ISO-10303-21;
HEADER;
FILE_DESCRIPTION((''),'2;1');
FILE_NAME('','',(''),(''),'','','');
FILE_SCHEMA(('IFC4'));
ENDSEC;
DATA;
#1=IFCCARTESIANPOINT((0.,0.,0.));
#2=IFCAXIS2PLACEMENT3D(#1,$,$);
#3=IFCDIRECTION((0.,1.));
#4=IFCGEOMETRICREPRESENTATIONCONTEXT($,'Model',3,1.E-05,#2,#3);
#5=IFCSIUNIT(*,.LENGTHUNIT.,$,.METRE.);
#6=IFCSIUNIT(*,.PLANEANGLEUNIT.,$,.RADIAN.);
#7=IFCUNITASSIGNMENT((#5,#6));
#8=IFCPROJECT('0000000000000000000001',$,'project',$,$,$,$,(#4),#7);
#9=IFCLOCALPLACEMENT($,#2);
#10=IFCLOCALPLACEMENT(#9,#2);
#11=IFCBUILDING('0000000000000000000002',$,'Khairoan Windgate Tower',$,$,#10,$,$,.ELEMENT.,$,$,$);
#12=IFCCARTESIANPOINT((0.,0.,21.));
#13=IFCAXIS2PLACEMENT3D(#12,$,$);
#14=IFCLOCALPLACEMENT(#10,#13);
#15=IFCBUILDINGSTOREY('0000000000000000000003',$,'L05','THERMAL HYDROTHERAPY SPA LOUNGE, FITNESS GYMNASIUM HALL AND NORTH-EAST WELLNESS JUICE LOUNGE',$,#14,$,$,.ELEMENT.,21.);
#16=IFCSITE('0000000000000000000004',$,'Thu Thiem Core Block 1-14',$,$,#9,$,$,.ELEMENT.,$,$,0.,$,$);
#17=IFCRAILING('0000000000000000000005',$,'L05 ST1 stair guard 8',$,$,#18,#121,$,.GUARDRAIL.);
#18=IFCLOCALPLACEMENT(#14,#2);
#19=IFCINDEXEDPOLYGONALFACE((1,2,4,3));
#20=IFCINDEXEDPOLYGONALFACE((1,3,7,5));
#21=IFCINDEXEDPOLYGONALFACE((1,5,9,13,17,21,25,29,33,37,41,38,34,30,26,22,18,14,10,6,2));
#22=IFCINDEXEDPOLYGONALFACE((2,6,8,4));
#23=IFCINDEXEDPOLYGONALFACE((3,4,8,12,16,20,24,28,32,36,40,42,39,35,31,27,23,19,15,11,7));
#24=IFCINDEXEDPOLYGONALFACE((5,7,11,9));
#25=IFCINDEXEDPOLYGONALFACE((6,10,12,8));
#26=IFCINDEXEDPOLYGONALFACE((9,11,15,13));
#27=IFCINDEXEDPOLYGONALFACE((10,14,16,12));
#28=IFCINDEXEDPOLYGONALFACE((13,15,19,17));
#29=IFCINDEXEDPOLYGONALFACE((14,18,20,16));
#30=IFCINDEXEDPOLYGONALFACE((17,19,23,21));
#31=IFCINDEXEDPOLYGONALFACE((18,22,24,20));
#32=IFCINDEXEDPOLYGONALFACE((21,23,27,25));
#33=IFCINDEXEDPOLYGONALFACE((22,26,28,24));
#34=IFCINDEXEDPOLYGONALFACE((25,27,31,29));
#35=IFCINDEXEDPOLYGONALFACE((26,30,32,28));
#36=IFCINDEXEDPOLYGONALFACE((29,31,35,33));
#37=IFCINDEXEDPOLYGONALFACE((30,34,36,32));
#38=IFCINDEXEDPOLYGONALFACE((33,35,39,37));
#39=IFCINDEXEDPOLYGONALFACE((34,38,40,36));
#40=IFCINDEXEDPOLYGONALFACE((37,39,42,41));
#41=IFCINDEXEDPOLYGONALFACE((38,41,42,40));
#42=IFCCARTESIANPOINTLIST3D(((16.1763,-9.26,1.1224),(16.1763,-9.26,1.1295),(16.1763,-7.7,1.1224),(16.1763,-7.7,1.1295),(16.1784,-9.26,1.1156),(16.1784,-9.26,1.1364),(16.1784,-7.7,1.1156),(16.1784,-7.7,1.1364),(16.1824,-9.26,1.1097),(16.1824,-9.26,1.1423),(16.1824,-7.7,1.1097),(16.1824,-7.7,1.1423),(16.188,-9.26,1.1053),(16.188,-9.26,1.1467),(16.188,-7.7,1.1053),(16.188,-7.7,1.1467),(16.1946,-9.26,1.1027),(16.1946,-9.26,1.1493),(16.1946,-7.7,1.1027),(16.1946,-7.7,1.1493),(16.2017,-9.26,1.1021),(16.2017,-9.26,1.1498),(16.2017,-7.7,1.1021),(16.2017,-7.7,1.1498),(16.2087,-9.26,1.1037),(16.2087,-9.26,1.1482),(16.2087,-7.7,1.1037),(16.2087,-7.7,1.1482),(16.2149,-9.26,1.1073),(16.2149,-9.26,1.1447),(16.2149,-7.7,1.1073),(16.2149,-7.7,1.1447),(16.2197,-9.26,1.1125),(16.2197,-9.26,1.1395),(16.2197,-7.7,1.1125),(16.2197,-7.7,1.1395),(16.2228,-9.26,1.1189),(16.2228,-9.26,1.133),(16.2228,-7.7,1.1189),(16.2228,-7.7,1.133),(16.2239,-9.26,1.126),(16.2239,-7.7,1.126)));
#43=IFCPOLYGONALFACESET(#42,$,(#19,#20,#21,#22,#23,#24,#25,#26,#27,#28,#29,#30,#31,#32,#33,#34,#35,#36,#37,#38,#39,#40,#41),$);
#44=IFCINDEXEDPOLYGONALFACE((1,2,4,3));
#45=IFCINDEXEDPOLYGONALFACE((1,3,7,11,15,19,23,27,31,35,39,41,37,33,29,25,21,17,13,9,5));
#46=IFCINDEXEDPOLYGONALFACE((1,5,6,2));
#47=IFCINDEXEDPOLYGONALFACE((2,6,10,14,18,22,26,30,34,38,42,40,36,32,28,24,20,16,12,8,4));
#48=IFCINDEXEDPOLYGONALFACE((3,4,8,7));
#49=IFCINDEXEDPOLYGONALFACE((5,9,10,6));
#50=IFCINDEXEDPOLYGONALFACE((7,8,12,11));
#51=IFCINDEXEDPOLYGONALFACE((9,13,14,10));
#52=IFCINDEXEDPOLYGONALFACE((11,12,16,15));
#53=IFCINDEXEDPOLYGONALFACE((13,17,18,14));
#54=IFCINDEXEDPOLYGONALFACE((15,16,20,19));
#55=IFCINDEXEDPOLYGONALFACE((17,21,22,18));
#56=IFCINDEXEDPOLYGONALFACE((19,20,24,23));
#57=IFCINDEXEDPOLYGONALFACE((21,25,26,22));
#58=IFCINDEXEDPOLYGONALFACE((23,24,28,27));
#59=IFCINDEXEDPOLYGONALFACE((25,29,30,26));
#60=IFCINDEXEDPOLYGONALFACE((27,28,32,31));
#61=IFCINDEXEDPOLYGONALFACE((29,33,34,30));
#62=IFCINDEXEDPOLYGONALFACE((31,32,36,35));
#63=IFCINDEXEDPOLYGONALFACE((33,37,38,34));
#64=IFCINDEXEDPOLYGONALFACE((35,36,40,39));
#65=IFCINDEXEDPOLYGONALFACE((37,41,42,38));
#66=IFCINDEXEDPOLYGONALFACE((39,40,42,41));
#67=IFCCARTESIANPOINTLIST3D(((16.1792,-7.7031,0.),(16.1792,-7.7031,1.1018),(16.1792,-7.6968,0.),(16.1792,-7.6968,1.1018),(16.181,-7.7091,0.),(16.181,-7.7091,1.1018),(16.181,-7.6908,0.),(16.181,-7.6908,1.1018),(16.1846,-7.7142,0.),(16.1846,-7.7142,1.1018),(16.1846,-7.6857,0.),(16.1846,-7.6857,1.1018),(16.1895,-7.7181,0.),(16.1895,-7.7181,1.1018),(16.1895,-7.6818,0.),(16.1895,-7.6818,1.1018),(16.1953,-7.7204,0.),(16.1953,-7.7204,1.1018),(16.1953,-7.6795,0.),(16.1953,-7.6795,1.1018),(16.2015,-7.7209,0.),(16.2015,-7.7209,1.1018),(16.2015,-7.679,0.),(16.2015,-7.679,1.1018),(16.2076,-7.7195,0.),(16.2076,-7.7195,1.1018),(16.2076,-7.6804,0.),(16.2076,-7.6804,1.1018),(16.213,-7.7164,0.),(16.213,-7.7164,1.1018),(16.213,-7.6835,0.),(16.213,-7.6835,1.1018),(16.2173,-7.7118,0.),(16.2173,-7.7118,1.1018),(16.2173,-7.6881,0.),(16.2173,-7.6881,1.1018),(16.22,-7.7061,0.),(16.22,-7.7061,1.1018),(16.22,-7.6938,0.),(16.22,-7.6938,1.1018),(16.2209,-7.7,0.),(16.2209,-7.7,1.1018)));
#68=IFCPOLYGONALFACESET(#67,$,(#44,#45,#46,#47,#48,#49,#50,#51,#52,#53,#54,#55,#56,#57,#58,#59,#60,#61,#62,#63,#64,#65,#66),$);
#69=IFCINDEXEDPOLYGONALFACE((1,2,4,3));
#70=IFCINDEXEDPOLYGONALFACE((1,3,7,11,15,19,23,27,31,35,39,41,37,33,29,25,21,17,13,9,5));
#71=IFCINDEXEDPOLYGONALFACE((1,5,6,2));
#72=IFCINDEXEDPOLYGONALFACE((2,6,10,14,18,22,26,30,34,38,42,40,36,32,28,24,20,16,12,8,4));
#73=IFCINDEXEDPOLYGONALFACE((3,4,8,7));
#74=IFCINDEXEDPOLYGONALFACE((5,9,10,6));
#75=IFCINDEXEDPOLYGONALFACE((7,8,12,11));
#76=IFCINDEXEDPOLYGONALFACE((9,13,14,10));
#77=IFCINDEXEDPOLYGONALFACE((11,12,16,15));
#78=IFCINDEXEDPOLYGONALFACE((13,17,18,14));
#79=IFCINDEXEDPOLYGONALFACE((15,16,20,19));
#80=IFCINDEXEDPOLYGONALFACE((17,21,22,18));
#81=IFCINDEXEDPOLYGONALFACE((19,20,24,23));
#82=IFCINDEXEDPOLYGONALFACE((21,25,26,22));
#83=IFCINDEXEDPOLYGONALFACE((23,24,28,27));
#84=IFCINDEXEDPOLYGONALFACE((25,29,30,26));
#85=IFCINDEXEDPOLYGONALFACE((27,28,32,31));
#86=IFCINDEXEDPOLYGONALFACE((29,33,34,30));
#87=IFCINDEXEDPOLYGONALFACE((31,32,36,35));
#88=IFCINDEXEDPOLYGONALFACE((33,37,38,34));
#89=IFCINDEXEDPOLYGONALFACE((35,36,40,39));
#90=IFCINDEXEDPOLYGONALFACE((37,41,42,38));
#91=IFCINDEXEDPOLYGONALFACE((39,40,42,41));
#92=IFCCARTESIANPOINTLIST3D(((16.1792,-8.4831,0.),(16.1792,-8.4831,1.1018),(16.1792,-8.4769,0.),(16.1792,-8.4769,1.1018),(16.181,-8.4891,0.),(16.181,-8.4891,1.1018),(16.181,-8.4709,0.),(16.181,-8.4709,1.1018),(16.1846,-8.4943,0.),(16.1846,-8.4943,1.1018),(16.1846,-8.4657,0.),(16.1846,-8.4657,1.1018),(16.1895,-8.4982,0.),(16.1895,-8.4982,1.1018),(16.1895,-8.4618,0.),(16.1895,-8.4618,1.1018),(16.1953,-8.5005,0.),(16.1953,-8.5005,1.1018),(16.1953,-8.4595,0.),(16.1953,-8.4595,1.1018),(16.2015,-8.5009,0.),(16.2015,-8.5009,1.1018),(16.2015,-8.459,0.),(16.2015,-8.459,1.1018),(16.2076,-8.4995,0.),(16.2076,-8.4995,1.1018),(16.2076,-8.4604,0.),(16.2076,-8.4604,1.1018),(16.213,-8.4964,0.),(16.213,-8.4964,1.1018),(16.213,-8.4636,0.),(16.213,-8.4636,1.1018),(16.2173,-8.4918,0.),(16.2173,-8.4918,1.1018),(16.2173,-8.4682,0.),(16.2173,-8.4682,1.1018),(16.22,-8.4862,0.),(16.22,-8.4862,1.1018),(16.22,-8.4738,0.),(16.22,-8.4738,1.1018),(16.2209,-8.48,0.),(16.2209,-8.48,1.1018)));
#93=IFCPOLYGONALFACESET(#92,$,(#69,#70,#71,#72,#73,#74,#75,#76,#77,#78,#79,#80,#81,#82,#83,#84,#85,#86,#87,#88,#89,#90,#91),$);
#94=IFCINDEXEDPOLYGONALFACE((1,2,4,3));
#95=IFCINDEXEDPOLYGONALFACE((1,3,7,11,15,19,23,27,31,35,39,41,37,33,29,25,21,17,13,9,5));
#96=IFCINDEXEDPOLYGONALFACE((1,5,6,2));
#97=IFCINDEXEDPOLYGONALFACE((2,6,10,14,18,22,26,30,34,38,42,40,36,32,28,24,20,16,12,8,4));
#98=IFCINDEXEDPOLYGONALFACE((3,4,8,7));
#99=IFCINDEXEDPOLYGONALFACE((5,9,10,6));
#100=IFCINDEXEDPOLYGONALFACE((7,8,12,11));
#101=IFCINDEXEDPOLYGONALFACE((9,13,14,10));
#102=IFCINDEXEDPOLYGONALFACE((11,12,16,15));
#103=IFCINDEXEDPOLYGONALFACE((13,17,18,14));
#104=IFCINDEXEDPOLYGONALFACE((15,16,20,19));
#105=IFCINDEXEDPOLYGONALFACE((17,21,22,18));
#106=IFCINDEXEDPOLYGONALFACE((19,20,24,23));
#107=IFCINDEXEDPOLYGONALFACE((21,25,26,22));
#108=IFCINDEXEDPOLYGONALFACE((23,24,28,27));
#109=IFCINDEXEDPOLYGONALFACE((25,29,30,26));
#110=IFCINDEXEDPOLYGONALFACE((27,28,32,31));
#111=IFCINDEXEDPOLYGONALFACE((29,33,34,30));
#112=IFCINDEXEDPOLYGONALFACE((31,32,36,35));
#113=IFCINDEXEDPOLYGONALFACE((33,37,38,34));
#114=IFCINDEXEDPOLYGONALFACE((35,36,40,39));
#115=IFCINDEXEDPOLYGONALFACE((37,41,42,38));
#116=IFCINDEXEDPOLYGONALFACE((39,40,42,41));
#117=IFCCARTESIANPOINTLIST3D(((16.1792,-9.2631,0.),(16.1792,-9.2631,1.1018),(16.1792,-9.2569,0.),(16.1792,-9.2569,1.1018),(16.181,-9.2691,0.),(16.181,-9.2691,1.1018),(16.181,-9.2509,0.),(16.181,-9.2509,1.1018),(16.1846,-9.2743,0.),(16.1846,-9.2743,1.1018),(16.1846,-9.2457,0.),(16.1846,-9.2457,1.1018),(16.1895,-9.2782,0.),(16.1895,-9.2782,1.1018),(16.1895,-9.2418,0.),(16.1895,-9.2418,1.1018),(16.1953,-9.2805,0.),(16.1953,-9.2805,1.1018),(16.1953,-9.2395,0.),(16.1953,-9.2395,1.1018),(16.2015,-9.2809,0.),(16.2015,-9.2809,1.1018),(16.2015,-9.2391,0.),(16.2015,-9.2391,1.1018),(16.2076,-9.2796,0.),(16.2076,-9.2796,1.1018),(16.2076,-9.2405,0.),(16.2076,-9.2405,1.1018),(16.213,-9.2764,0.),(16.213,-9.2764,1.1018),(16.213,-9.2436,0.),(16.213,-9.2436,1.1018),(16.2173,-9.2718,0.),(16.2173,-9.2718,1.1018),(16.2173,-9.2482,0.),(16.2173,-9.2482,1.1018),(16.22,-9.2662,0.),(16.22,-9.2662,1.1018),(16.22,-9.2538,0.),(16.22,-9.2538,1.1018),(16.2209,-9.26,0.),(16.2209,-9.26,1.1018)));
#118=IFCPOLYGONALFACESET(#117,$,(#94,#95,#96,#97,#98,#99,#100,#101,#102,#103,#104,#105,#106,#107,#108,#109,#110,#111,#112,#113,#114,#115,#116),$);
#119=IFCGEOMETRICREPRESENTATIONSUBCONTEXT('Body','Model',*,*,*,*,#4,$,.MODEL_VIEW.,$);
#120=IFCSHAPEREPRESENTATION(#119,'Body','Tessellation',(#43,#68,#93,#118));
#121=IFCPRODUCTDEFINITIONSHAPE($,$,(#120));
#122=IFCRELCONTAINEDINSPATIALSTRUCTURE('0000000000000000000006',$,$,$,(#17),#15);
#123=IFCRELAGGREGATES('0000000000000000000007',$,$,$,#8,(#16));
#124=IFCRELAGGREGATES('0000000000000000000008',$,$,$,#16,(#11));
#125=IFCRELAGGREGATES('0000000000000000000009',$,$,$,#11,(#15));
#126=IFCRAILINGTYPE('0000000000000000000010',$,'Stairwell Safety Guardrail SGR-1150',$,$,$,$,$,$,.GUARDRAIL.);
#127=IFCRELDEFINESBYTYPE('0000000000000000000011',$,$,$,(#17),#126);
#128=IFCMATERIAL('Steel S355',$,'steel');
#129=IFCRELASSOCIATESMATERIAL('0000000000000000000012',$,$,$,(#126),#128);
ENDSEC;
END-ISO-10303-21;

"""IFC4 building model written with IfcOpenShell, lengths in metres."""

from ifc_helpers import new_model, si_unit, direction, frame, origin, origin_2d, place, context, subcontext, project, spatial, circle, extrude, material, type_object, element, save


model = new_model("IFC4")

# Units and contexts
model_context = context("Model", 3, precision=1e-05, world=origin(), true_north=direction((0.0, 1.0)))
body_context = subcontext(model_context, "Body", "Model", "MODEL_VIEW")
ifc_project = project(units=[si_unit("LENGTHUNIT", "METRE"), si_unit("PLANEANGLEUNIT", "RADIAN")], contexts=[model_context])

# Site, building, storey
site_placement = place(None, origin())
site = spatial("IfcSite", under=ifc_project, at=site_placement, Name="Thu Thiem Core Block 1-14", CompositionType="ELEMENT", RefElevation=0.0)
building_placement = place(site_placement, origin())
building = spatial("IfcBuilding", under=site, at=building_placement, Name="Khairoan Windgate Tower", CompositionType="ELEMENT")
storey_placement = place(building_placement, frame((0.0, 0.0, 21.0)))
storey = spatial("IfcBuildingStorey", under=building, at=storey_placement, Name="L05", Description="THERMAL HYDROTHERAPY SPA LOUNGE, FITNESS GYMNASIUM HALL AND NORTH-EAST WELLNESS JUICE LOUNGE", CompositionType="ELEMENT", Elevation=21.0)

# Railing
ifc_material_1 = material(Name="Steel S355", Category="steel")
railing_type_1 = type_object("IfcRailingType", Name="Stairwell Safety Guardrail SGR-1150", PredefinedType="GUARDRAIL", material=ifc_material_1)
railing_1_placement = place(storey_placement, frame((16.2, -7.7, 0.0)))
element("IfcRailing", 1, at=railing_1_placement, inside=storey, type_object=railing_type_1, Name="L05 ST1 stair guard 8", PredefinedType="GUARDRAIL", context=body_context, shape_type="SweptSolid", body=[
    extrude(circle(Radius=0.0239, at=origin_2d()), frame((0.0, 0.0, 1.126), z_axis=(0.0, -1.0, 0.0), x_axis=(1.0, 0.0, 0.0)), (0.0, 0.0, 1.0), 1.5601),
    extrude(circle(Radius=0.021, at=origin_2d()), origin(), (0.0, 0.0, 1.0), 1.1018),
    extrude(circle(Radius=0.021, at=origin_2d()), frame((0.0, -0.78, 0.0)), (0.0, 0.0, 1.0), 1.1018),
    extrude(circle(Radius=0.021, at=origin_2d()), frame((0.0, -1.5601, 0.0)), (0.0, 0.0, 1.0), 1.1018),
])

save(model, "model.ifc")
